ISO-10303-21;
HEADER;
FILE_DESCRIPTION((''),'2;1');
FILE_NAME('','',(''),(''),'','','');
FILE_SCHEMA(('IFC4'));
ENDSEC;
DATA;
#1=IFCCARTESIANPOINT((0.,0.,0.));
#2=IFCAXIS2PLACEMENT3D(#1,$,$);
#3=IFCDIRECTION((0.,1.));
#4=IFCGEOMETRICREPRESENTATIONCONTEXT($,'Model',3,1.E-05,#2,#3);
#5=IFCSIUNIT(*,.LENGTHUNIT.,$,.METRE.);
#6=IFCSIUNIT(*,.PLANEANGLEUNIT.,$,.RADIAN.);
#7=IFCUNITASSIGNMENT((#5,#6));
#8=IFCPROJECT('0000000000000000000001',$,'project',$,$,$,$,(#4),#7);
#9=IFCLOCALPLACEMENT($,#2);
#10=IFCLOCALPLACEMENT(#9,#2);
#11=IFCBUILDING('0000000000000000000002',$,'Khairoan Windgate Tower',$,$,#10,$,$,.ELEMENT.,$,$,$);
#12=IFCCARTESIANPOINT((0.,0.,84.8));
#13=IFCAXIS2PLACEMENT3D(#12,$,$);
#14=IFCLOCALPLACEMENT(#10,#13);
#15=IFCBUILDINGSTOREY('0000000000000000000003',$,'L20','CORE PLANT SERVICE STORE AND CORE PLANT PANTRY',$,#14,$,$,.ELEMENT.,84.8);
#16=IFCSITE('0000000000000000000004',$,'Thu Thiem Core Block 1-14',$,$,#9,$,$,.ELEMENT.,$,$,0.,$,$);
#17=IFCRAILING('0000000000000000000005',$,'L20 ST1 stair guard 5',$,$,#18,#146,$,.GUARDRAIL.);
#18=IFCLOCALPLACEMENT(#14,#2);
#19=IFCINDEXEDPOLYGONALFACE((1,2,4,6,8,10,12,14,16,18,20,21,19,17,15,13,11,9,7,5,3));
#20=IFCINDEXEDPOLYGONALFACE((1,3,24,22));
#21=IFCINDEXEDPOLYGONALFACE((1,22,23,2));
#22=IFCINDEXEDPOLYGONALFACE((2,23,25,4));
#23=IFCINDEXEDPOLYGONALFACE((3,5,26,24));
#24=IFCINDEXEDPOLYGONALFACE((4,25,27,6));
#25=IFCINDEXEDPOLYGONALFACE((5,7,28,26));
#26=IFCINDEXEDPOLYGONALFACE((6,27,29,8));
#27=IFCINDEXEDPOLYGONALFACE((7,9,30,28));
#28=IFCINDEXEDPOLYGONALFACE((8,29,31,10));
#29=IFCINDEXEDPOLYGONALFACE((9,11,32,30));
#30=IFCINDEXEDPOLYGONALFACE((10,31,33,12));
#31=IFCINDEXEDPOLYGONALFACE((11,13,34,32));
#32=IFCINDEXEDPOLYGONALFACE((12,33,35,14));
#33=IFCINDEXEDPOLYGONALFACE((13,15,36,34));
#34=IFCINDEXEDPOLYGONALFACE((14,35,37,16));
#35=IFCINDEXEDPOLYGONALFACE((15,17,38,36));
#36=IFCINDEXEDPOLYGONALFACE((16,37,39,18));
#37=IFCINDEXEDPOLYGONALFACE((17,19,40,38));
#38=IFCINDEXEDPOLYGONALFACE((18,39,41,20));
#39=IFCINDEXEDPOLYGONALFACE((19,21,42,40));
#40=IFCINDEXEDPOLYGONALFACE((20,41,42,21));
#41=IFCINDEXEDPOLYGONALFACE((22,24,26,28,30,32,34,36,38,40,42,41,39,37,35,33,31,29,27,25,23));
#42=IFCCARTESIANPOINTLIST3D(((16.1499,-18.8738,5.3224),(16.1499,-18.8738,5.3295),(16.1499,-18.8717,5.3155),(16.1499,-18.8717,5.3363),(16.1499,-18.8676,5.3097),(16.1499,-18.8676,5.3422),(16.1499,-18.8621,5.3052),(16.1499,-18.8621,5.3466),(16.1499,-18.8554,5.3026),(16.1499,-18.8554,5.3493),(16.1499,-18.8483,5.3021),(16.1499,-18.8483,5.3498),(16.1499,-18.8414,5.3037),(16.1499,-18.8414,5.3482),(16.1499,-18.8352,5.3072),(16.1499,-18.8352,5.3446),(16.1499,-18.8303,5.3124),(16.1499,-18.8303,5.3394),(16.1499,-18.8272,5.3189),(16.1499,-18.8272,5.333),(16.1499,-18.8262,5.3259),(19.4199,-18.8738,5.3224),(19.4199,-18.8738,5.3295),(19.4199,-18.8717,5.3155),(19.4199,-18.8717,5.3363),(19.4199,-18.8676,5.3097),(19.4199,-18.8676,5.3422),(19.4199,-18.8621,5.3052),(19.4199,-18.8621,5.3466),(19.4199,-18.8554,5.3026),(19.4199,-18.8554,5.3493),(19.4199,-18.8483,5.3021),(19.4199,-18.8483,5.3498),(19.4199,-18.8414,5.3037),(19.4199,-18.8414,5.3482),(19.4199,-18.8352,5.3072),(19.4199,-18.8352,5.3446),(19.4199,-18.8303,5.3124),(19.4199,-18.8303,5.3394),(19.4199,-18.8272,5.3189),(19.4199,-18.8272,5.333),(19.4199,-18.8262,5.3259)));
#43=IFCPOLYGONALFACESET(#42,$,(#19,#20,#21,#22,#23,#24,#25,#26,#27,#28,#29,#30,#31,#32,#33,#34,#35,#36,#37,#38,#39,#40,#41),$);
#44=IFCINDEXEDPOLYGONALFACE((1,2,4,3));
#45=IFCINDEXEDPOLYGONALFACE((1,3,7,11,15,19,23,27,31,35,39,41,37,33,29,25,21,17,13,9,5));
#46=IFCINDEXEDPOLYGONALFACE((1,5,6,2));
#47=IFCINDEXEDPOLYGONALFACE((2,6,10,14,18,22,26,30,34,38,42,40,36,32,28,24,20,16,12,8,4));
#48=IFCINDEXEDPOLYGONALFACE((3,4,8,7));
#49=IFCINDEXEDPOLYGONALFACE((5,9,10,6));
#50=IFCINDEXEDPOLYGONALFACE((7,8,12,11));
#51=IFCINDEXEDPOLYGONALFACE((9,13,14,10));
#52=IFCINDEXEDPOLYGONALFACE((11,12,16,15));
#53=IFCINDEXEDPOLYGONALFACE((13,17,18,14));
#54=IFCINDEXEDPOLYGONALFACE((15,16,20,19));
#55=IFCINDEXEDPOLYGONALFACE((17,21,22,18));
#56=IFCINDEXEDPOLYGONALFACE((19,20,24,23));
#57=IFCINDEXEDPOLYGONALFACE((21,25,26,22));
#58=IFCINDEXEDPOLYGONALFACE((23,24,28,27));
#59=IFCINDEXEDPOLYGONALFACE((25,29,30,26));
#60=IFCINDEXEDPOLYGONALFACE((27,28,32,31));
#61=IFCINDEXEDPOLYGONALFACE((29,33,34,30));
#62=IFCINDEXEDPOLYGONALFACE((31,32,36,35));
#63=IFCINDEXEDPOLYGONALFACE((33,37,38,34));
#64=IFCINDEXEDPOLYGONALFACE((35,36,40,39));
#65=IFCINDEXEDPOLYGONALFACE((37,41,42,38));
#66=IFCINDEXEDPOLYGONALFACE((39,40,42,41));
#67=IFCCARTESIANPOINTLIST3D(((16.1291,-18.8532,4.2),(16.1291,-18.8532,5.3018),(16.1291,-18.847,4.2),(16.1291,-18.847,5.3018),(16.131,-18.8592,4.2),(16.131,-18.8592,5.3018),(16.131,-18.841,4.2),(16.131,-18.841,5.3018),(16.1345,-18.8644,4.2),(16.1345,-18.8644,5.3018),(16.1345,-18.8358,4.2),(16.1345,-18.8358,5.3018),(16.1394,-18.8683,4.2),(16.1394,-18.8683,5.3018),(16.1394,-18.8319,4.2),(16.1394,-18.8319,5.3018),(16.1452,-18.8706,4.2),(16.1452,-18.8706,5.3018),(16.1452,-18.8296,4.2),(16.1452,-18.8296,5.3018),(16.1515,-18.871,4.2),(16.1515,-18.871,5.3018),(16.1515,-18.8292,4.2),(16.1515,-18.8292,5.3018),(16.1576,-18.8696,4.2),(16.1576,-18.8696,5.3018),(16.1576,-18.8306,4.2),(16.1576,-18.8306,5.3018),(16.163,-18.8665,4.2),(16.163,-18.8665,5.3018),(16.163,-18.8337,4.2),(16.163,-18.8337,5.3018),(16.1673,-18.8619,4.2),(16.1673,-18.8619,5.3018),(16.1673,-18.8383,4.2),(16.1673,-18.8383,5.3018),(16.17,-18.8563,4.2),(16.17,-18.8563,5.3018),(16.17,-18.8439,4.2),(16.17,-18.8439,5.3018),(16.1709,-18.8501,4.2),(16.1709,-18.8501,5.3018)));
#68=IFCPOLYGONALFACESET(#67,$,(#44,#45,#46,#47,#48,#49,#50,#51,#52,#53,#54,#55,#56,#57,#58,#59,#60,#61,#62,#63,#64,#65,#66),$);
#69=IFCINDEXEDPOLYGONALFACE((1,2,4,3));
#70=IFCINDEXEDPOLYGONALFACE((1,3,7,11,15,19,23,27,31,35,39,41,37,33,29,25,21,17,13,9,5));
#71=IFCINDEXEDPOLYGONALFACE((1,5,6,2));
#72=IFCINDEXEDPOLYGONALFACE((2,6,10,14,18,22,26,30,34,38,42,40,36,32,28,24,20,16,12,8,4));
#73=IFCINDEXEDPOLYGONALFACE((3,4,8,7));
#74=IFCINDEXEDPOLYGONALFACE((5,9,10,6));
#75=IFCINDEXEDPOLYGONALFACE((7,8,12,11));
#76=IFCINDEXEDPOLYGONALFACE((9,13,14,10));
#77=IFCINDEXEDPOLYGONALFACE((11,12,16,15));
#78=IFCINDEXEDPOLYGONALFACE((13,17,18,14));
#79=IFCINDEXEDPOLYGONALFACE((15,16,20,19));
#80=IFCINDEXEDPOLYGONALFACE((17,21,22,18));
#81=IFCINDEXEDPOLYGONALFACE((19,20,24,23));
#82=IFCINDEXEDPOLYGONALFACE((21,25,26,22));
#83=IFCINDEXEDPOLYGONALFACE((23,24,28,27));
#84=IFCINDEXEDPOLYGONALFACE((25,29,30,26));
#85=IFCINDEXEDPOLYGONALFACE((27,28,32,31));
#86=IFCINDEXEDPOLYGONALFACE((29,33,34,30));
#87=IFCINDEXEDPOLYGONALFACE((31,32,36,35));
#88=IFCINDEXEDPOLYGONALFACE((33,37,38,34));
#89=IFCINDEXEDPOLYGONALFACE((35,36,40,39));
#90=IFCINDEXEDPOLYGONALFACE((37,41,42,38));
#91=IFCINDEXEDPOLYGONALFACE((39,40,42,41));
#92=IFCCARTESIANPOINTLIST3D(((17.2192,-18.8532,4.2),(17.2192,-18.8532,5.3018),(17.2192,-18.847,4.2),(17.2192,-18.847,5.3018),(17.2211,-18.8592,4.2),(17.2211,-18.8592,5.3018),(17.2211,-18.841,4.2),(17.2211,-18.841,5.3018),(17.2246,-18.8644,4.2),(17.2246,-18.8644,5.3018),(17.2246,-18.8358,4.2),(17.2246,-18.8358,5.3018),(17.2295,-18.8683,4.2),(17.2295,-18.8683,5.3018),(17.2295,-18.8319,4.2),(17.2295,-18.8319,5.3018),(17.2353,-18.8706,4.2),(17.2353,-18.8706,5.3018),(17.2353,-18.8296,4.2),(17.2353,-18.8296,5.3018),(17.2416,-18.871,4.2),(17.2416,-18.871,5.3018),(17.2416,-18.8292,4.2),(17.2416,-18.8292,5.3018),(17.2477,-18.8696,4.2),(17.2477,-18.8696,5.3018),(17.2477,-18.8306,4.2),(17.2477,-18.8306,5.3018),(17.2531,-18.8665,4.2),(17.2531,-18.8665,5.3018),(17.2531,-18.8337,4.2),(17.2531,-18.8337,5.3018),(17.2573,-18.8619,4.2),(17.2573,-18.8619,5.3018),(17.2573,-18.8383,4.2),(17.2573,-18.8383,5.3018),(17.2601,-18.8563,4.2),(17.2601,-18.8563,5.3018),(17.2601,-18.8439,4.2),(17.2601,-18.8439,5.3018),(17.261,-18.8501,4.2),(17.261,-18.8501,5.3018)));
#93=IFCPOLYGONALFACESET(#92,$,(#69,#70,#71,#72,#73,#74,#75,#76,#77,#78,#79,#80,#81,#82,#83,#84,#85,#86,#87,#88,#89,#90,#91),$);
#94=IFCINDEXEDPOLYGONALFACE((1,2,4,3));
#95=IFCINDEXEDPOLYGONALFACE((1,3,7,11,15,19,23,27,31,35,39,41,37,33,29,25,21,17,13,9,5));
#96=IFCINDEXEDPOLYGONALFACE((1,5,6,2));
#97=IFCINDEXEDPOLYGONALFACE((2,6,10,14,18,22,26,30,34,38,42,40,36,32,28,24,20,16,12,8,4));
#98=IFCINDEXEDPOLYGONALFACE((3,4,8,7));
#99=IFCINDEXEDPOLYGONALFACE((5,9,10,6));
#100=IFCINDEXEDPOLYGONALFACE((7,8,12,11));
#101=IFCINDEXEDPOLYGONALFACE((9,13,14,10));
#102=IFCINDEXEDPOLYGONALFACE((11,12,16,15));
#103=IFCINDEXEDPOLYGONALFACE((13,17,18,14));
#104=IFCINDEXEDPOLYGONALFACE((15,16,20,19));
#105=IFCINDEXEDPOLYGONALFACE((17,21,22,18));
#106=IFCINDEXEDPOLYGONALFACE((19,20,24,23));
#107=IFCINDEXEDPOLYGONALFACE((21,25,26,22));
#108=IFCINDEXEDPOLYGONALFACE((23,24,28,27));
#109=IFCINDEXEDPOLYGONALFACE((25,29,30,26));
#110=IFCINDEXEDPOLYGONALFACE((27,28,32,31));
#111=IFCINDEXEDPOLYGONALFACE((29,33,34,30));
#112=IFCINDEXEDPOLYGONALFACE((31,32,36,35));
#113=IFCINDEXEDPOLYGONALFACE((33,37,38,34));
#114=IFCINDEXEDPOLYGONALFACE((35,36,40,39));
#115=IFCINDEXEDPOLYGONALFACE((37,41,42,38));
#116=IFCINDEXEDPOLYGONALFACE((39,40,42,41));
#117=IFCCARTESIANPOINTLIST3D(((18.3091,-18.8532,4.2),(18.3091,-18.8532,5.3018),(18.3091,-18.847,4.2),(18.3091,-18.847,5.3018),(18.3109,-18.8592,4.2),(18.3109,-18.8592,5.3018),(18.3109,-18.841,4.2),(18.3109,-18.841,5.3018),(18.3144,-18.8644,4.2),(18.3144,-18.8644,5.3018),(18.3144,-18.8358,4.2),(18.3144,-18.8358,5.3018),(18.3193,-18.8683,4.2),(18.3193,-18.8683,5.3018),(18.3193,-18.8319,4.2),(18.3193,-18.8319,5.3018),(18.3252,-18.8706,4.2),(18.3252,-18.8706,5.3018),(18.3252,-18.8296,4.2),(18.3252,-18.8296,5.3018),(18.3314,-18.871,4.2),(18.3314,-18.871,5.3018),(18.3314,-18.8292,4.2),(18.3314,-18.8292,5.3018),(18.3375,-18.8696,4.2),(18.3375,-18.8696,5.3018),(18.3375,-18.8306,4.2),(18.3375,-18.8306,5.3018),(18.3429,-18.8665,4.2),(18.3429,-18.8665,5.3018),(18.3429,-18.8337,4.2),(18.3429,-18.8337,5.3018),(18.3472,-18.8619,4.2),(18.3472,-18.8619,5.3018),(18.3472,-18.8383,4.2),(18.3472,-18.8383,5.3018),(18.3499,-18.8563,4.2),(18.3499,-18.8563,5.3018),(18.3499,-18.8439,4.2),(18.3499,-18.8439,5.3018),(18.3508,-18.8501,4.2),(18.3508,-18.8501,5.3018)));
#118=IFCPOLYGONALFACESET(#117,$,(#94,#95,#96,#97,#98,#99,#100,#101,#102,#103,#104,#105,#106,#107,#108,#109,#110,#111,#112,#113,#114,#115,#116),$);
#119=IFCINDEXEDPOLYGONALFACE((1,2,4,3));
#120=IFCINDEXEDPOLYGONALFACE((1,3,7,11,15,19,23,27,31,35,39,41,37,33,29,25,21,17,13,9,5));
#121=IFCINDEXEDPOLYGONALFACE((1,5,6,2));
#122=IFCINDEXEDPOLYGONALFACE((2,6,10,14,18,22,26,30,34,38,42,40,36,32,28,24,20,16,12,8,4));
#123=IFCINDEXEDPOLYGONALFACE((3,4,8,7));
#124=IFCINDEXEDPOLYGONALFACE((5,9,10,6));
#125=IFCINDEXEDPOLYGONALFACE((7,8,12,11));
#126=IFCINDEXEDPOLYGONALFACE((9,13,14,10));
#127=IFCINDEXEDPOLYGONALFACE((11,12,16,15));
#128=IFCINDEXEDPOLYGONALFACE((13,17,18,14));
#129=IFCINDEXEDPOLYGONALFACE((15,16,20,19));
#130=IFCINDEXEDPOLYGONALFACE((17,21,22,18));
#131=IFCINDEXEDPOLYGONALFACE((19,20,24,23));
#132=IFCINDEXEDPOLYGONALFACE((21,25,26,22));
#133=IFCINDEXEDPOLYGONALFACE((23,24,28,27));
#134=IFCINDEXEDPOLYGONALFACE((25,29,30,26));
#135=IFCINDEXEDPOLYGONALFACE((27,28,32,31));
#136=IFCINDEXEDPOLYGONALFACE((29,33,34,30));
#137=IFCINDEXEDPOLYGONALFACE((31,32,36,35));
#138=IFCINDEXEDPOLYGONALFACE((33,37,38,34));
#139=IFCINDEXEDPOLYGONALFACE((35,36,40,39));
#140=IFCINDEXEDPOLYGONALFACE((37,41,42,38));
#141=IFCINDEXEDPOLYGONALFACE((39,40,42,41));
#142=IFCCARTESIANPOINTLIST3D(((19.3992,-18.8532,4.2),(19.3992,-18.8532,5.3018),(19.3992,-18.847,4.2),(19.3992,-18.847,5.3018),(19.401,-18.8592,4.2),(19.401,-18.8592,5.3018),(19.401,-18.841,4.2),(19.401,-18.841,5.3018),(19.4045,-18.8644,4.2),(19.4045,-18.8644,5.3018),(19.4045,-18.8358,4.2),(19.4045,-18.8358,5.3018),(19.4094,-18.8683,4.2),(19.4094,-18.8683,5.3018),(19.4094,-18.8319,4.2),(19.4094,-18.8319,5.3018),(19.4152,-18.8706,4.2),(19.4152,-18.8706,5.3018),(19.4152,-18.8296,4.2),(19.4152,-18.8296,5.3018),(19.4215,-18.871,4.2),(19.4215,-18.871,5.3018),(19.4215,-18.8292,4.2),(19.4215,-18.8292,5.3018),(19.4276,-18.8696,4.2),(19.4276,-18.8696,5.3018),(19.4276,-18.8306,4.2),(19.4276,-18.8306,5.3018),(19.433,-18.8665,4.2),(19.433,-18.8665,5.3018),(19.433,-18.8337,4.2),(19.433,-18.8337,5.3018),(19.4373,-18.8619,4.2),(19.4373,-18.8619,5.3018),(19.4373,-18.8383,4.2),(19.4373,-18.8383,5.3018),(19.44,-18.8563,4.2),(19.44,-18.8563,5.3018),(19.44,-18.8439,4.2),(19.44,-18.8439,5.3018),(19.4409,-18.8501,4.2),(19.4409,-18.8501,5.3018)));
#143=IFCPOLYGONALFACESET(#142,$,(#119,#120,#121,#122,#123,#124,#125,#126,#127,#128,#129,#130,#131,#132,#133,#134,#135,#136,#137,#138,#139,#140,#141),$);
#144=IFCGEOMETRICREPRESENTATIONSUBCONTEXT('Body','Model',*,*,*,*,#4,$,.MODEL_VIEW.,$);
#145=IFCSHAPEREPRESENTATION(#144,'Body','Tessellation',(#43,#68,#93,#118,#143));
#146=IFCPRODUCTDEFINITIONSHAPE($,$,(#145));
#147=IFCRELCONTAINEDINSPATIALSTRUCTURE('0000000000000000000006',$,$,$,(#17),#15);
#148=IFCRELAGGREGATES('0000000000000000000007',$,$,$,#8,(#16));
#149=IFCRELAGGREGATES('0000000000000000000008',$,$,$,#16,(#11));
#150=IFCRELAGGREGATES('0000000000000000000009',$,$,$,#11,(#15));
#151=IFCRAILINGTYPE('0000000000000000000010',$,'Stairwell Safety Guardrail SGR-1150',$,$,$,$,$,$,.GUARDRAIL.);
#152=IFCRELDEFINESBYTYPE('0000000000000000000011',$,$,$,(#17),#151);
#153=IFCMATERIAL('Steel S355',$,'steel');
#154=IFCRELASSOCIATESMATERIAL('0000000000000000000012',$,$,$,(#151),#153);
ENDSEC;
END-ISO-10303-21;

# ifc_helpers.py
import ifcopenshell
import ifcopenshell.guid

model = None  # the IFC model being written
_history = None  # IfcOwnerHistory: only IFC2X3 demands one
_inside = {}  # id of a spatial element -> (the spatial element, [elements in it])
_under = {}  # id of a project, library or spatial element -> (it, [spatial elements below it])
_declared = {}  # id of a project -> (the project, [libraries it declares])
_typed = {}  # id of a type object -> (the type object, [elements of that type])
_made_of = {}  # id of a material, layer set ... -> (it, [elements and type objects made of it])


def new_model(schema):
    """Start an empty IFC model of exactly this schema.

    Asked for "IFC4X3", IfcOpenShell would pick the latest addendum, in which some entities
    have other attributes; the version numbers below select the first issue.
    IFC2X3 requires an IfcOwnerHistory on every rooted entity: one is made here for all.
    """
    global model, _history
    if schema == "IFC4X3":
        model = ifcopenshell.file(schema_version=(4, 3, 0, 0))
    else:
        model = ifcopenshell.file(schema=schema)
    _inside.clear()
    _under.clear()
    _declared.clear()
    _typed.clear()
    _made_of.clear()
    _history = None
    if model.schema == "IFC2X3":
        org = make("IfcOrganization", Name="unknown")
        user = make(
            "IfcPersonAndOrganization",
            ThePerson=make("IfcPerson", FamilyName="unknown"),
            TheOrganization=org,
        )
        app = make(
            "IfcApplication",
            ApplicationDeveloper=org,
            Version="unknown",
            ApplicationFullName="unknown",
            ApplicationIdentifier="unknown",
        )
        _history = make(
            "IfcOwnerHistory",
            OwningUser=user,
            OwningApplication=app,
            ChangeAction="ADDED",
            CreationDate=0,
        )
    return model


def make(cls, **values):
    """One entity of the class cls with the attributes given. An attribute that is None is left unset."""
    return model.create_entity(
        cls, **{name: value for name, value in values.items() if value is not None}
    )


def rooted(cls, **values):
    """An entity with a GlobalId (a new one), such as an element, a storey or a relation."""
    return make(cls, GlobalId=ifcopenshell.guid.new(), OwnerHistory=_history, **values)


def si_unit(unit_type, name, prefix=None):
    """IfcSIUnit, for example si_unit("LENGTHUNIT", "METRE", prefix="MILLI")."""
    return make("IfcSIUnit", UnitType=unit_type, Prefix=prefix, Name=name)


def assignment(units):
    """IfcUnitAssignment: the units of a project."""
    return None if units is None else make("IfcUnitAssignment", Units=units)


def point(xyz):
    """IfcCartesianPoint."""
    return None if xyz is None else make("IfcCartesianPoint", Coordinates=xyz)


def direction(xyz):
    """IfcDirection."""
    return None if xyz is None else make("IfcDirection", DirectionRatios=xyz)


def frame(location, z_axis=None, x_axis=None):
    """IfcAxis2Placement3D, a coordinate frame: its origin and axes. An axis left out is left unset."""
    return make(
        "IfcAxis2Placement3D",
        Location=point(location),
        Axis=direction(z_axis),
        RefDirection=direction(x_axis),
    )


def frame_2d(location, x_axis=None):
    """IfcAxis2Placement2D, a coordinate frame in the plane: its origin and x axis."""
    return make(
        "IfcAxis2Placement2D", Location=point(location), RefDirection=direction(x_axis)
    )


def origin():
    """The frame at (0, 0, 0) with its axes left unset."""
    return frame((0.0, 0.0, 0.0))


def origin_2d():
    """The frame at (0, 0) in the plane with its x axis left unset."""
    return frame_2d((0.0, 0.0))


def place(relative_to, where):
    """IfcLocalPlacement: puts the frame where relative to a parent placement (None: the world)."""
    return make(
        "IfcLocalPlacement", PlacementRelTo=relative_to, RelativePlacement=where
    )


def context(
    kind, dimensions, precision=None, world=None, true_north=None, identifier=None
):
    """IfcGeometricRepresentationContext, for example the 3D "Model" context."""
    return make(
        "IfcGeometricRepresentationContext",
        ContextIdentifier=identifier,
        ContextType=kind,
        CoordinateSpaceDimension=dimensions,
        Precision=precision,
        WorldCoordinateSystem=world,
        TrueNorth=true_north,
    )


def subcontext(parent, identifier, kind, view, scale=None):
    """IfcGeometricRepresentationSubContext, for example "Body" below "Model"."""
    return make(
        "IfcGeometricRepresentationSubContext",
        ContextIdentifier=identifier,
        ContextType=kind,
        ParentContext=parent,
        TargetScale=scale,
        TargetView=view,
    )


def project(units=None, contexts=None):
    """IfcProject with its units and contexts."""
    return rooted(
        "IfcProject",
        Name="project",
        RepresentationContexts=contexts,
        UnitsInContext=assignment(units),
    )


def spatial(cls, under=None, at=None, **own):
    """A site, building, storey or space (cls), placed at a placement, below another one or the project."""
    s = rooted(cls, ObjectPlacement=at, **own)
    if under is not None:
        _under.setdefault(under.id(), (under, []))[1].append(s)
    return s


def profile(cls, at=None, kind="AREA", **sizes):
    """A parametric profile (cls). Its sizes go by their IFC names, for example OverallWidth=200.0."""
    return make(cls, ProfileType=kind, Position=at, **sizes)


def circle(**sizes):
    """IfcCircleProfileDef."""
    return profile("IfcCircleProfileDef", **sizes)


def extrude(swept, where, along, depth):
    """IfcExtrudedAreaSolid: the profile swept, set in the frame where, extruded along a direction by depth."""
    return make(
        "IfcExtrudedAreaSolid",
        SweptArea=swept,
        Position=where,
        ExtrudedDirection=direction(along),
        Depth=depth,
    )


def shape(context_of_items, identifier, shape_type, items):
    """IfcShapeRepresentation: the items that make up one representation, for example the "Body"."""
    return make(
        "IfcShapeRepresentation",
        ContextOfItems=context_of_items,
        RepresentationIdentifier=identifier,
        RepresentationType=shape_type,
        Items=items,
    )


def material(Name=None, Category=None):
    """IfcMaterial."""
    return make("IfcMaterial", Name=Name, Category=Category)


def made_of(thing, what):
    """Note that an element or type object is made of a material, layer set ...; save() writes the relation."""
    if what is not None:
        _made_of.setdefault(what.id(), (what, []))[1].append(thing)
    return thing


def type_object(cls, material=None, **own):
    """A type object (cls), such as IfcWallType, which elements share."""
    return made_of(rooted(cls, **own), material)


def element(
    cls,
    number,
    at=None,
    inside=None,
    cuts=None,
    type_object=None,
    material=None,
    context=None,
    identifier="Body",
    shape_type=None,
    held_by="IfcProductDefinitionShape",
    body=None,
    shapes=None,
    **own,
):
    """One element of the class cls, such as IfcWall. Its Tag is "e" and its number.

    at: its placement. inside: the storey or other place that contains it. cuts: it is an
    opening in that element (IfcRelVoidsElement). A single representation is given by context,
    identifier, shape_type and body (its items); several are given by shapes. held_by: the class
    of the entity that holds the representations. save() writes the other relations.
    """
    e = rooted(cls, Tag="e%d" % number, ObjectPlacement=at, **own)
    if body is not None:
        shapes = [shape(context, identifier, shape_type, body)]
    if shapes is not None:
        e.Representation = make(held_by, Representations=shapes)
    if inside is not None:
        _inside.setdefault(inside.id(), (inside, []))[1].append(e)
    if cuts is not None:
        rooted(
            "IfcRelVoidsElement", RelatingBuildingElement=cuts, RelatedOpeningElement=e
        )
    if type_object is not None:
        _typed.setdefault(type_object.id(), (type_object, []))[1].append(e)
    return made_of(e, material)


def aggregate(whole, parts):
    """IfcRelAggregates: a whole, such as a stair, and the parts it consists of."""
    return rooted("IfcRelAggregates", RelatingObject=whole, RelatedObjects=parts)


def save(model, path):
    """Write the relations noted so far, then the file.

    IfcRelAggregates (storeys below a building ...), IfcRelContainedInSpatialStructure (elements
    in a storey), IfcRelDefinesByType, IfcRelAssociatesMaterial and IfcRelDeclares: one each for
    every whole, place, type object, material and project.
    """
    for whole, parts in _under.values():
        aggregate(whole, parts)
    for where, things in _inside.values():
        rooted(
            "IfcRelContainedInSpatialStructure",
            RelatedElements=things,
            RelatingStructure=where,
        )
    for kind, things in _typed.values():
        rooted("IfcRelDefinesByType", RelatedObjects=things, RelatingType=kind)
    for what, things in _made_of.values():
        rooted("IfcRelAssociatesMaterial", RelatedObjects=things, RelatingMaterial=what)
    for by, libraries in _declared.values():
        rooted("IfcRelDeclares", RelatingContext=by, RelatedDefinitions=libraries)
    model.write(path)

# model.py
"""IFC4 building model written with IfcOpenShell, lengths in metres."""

from ifc_helpers import new_model, si_unit, direction, frame, origin, origin_2d, place, context, subcontext, project, spatial, circle, extrude, material, type_object, element, save


model = new_model("IFC4")

# Units and contexts
model_context = context("Model", 3, precision=1e-05, world=origin(), true_north=direction((0.0, 1.0)))
body_context = subcontext(model_context, "Body", "Model", "MODEL_VIEW")
ifc_project = project(units=[si_unit("LENGTHUNIT", "METRE"), si_unit("PLANEANGLEUNIT", "RADIAN")], contexts=[model_context])

# Site, building, storey
site_placement = place(None, origin())
site = spatial("IfcSite", under=ifc_project, at=site_placement, Name="Thu Thiem Core Block 1-14", CompositionType="ELEMENT", RefElevation=0.0)
building_placement = place(site_placement, origin())
building = spatial("IfcBuilding", under=site, at=building_placement, Name="Khairoan Windgate Tower", CompositionType="ELEMENT")
storey_placement = place(building_placement, frame((0.0, 0.0, 84.8)))
storey = spatial("IfcBuildingStorey", under=building, at=storey_placement, Name="L20", Description="CORE PLANT SERVICE STORE AND CORE PLANT PANTRY", CompositionType="ELEMENT", Elevation=84.8)

# Railing
ifc_material_1 = material(Name="Steel S355", Category="steel")
railing_type_1 = type_object("IfcRailingType", Name="Stairwell Safety Guardrail SGR-1150", PredefinedType="GUARDRAIL", material=ifc_material_1)
railing_1_placement = place(storey_placement, frame((16.1499, -18.8501, 4.2)))
element("IfcRailing", 1, at=railing_1_placement, inside=storey, type_object=railing_type_1, Name="L20 ST1 stair guard 5", PredefinedType="GUARDRAIL", context=body_context, shape_type="SweptSolid", body=[
    extrude(circle(Radius=0.0239, at=origin_2d()), frame((0.0, 0.0, 1.126), z_axis=(1.0, 0.0, 0.0), x_axis=(0.0, 1.0, 0.0)), (0.0, 0.0, 1.0), 3.27),
    extrude(circle(Radius=0.021, at=origin_2d()), origin(), (0.0, 0.0, 1.0), 1.1018),
    extrude(circle(Radius=0.021, at=origin_2d()), frame((1.0901, 0.0, 0.0)), (0.0, 0.0, 1.0), 1.1018),
    extrude(circle(Radius=0.021, at=origin_2d()), frame((2.1799, 0.0, 0.0)), (0.0, 0.0, 1.0), 1.1018),
    extrude(circle(Radius=0.021, at=origin_2d()), frame((3.27, 0.0, 0.0)), (0.0, 0.0, 1.0), 1.1018),
])

save(model, "model.ifc")
